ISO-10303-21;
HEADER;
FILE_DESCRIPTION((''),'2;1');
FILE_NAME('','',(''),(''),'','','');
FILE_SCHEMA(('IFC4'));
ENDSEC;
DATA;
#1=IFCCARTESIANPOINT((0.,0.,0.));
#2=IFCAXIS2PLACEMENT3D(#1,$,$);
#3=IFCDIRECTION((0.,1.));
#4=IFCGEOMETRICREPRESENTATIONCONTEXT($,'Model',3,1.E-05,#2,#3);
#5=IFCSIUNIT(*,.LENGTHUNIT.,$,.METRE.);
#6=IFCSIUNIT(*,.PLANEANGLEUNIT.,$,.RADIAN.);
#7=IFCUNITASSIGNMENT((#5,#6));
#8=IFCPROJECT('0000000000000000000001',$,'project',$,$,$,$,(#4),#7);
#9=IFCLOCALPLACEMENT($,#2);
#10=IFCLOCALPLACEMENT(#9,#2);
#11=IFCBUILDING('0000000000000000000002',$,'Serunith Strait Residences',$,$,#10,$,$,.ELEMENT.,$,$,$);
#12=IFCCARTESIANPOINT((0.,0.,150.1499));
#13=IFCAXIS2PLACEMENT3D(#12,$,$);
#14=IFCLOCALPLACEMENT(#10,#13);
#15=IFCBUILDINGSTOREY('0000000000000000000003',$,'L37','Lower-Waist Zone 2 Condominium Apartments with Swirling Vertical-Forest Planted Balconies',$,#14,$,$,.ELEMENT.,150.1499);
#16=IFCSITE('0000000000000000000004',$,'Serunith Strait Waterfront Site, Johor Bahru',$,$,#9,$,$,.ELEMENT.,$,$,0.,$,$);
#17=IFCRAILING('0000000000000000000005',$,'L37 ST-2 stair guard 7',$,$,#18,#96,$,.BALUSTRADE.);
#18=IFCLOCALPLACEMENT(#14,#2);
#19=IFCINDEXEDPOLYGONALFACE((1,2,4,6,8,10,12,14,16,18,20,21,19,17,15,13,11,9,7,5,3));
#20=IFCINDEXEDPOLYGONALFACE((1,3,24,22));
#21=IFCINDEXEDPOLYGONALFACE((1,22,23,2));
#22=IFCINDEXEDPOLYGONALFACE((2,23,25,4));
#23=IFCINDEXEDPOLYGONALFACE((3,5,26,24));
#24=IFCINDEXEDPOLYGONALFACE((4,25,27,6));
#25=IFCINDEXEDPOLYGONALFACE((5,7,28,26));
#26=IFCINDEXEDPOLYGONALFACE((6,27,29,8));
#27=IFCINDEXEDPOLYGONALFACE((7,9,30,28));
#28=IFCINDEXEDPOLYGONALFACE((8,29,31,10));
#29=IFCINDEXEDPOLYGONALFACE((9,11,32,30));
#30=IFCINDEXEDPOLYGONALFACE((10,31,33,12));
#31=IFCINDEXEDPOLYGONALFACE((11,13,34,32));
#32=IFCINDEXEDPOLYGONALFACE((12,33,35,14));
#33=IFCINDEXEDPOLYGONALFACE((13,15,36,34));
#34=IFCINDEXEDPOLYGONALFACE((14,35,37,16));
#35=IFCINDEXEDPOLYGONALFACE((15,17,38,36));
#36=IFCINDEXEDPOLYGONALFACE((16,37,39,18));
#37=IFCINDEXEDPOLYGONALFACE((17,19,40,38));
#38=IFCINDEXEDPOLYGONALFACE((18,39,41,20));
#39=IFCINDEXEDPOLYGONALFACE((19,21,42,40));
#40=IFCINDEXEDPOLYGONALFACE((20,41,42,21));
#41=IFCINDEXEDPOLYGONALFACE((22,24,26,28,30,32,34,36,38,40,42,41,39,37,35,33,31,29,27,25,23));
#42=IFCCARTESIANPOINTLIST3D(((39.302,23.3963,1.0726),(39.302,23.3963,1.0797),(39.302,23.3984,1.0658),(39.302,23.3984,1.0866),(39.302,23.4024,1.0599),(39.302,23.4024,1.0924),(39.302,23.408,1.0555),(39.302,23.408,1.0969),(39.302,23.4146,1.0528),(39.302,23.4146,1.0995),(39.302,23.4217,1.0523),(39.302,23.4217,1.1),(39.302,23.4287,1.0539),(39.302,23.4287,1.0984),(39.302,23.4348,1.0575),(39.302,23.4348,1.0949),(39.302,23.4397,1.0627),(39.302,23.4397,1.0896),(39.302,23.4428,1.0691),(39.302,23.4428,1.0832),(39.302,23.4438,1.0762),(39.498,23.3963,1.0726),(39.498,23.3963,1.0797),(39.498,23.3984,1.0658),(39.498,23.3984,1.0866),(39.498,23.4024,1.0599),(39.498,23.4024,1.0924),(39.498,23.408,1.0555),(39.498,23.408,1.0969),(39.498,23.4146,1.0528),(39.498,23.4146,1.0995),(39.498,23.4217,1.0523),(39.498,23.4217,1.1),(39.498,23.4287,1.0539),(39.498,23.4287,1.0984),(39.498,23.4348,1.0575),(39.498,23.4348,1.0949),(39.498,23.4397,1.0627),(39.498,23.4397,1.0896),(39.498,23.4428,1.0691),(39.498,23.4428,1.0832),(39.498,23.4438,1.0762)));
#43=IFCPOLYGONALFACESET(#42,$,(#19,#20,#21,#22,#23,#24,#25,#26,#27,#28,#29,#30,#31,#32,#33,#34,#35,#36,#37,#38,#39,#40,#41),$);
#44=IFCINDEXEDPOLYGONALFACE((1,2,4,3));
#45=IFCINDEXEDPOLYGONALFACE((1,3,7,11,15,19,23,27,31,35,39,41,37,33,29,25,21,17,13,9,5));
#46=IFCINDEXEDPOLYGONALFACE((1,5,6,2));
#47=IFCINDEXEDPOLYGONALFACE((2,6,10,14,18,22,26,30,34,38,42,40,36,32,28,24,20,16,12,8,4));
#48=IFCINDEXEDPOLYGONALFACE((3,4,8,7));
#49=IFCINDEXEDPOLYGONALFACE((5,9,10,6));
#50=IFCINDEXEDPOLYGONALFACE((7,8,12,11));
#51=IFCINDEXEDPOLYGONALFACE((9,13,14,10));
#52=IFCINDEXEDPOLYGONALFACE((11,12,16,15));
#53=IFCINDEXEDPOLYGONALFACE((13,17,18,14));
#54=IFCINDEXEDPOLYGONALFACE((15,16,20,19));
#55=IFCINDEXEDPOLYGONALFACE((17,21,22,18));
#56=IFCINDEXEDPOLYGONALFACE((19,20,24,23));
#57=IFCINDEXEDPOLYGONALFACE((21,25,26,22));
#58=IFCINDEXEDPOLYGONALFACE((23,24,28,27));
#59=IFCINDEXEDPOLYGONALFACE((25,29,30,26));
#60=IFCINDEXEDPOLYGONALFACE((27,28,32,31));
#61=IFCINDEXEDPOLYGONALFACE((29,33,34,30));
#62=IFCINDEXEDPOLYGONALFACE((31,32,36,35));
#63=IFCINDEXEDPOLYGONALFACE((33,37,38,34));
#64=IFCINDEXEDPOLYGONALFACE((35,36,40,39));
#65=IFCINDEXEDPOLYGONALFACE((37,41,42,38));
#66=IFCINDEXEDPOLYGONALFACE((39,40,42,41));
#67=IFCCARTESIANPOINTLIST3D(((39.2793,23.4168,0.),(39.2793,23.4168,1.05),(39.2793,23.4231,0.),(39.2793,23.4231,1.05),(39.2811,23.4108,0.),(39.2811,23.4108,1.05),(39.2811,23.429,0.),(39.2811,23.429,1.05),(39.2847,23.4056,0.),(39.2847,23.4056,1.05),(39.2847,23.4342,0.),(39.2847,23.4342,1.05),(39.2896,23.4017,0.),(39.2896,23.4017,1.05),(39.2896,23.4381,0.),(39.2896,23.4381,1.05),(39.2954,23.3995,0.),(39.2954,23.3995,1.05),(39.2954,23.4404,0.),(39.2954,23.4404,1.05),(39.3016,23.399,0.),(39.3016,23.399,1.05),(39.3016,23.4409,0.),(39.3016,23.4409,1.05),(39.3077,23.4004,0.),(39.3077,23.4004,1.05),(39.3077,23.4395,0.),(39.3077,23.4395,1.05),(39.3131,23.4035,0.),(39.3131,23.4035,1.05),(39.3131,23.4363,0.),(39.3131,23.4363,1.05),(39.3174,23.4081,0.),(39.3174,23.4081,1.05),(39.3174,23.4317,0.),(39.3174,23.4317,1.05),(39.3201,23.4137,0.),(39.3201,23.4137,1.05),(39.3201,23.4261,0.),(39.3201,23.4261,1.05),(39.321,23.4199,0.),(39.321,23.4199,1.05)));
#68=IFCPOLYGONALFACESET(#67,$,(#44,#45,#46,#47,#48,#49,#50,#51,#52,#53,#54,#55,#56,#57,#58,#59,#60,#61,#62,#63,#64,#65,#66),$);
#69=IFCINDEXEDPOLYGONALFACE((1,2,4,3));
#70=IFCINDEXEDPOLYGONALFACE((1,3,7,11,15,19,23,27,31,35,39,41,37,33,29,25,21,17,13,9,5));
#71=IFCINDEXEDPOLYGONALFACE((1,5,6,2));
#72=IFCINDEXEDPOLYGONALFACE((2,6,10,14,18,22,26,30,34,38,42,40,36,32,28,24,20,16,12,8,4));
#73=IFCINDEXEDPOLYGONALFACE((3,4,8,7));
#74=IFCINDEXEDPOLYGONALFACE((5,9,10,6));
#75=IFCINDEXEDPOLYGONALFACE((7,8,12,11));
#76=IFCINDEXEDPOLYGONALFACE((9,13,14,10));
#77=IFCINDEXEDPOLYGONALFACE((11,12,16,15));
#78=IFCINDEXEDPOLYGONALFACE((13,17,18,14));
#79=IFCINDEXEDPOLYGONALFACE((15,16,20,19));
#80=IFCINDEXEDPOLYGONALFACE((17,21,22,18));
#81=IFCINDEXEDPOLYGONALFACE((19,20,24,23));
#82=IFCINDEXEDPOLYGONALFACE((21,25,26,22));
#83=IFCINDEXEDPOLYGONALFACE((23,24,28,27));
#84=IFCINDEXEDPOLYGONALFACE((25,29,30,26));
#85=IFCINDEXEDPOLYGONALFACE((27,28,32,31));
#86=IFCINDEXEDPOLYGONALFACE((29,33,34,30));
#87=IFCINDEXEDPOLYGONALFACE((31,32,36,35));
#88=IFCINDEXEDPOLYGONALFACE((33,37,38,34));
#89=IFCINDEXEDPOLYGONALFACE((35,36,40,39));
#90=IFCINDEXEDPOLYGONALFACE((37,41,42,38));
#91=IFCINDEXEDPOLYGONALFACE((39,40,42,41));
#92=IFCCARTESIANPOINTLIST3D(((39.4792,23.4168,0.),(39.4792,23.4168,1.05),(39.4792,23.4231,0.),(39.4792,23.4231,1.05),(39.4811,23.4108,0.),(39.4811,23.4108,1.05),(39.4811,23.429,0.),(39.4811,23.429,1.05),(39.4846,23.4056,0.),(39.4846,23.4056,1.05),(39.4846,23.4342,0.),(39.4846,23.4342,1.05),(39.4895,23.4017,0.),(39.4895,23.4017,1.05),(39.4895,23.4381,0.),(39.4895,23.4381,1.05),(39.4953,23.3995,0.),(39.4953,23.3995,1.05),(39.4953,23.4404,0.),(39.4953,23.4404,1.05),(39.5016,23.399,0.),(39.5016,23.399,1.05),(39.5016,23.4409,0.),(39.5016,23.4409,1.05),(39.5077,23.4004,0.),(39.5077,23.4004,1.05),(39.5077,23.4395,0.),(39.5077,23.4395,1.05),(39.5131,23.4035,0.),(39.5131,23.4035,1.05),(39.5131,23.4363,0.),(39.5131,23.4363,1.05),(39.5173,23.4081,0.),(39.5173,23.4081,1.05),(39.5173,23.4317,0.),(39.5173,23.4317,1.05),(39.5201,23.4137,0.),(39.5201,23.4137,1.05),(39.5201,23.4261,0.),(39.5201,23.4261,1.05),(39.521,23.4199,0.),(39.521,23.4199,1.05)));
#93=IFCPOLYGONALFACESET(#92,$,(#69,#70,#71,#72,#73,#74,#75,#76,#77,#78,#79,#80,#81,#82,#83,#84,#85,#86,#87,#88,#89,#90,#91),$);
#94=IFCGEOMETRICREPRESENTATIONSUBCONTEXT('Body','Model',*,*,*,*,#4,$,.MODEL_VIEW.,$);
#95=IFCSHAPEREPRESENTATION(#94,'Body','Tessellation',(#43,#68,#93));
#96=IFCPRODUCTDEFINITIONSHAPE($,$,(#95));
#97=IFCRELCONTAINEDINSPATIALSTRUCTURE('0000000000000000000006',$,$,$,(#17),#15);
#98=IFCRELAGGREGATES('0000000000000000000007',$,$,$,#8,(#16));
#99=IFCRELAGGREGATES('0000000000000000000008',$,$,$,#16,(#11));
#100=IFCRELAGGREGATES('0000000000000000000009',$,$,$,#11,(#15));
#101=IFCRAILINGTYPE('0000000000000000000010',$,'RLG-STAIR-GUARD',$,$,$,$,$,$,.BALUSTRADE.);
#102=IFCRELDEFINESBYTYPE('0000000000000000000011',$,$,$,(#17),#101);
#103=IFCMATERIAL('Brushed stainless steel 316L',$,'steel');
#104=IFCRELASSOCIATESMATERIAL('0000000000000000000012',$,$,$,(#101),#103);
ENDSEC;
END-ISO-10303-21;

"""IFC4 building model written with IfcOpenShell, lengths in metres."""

from ifc_helpers import new_model, si_unit, direction, frame, origin, origin_2d, place, context, subcontext, project, spatial, circle, extrude, material, type_object, element, save


model = new_model("IFC4")

# Units and contexts
model_context = context("Model", 3, precision=1e-05, world=origin(), true_north=direction((0.0, 1.0)))
body_context = subcontext(model_context, "Body", "Model", "MODEL_VIEW")
ifc_project = project(units=[si_unit("LENGTHUNIT", "METRE"), si_unit("PLANEANGLEUNIT", "RADIAN")], contexts=[model_context])

# Site, building, storey
site_placement = place(None, origin())
site = spatial("IfcSite", under=ifc_project, at=site_placement, Name="Serunith Strait Waterfront Site, Johor Bahru", CompositionType="ELEMENT", RefElevation=0.0)
building_placement = place(site_placement, origin())
building = spatial("IfcBuilding", under=site, at=building_placement, Name="Serunith Strait Residences", CompositionType="ELEMENT")
storey_placement = place(building_placement, frame((0.0, 0.0, 150.1499)))
storey = spatial("IfcBuildingStorey", under=building, at=storey_placement, Name="L37", Description="Lower-Waist Zone 2 Condominium Apartments with Swirling Vertical-Forest Planted Balconies", CompositionType="ELEMENT", Elevation=150.1499)

# Railing
ifc_material_1 = material(Name="Brushed stainless steel 316L", Category="steel")
railing_type_1 = type_object("IfcRailingType", Name="RLG-STAIR-GUARD", PredefinedType="BALUSTRADE", material=ifc_material_1)
railing_1_placement = place(storey_placement, frame((39.3, 23.4199, 0.0)))
element("IfcRailing", 1, at=railing_1_placement, inside=storey, type_object=railing_type_1, Name="L37 ST-2 stair guard 7", PredefinedType="BALUSTRADE", context=body_context, shape_type="SweptSolid", body=[
    extrude(circle(Radius=0.0239, at=origin_2d()), frame((0.002, 0.0, 1.0762), z_axis=(1.0, 0.0, 0.0), x_axis=(0.0, 1.0, 0.0)), (0.0, 0.0, 1.0), 0.196),
    extrude(circle(Radius=0.021, at=origin_2d()), origin(), (0.0, 0.0, 1.0), 1.05),
    extrude(circle(Radius=0.021, at=origin_2d()), frame((0.2, 0.0, 0.0)), (0.0, 0.0, 1.0), 1.05),
])

save(model, "model.ifc")
